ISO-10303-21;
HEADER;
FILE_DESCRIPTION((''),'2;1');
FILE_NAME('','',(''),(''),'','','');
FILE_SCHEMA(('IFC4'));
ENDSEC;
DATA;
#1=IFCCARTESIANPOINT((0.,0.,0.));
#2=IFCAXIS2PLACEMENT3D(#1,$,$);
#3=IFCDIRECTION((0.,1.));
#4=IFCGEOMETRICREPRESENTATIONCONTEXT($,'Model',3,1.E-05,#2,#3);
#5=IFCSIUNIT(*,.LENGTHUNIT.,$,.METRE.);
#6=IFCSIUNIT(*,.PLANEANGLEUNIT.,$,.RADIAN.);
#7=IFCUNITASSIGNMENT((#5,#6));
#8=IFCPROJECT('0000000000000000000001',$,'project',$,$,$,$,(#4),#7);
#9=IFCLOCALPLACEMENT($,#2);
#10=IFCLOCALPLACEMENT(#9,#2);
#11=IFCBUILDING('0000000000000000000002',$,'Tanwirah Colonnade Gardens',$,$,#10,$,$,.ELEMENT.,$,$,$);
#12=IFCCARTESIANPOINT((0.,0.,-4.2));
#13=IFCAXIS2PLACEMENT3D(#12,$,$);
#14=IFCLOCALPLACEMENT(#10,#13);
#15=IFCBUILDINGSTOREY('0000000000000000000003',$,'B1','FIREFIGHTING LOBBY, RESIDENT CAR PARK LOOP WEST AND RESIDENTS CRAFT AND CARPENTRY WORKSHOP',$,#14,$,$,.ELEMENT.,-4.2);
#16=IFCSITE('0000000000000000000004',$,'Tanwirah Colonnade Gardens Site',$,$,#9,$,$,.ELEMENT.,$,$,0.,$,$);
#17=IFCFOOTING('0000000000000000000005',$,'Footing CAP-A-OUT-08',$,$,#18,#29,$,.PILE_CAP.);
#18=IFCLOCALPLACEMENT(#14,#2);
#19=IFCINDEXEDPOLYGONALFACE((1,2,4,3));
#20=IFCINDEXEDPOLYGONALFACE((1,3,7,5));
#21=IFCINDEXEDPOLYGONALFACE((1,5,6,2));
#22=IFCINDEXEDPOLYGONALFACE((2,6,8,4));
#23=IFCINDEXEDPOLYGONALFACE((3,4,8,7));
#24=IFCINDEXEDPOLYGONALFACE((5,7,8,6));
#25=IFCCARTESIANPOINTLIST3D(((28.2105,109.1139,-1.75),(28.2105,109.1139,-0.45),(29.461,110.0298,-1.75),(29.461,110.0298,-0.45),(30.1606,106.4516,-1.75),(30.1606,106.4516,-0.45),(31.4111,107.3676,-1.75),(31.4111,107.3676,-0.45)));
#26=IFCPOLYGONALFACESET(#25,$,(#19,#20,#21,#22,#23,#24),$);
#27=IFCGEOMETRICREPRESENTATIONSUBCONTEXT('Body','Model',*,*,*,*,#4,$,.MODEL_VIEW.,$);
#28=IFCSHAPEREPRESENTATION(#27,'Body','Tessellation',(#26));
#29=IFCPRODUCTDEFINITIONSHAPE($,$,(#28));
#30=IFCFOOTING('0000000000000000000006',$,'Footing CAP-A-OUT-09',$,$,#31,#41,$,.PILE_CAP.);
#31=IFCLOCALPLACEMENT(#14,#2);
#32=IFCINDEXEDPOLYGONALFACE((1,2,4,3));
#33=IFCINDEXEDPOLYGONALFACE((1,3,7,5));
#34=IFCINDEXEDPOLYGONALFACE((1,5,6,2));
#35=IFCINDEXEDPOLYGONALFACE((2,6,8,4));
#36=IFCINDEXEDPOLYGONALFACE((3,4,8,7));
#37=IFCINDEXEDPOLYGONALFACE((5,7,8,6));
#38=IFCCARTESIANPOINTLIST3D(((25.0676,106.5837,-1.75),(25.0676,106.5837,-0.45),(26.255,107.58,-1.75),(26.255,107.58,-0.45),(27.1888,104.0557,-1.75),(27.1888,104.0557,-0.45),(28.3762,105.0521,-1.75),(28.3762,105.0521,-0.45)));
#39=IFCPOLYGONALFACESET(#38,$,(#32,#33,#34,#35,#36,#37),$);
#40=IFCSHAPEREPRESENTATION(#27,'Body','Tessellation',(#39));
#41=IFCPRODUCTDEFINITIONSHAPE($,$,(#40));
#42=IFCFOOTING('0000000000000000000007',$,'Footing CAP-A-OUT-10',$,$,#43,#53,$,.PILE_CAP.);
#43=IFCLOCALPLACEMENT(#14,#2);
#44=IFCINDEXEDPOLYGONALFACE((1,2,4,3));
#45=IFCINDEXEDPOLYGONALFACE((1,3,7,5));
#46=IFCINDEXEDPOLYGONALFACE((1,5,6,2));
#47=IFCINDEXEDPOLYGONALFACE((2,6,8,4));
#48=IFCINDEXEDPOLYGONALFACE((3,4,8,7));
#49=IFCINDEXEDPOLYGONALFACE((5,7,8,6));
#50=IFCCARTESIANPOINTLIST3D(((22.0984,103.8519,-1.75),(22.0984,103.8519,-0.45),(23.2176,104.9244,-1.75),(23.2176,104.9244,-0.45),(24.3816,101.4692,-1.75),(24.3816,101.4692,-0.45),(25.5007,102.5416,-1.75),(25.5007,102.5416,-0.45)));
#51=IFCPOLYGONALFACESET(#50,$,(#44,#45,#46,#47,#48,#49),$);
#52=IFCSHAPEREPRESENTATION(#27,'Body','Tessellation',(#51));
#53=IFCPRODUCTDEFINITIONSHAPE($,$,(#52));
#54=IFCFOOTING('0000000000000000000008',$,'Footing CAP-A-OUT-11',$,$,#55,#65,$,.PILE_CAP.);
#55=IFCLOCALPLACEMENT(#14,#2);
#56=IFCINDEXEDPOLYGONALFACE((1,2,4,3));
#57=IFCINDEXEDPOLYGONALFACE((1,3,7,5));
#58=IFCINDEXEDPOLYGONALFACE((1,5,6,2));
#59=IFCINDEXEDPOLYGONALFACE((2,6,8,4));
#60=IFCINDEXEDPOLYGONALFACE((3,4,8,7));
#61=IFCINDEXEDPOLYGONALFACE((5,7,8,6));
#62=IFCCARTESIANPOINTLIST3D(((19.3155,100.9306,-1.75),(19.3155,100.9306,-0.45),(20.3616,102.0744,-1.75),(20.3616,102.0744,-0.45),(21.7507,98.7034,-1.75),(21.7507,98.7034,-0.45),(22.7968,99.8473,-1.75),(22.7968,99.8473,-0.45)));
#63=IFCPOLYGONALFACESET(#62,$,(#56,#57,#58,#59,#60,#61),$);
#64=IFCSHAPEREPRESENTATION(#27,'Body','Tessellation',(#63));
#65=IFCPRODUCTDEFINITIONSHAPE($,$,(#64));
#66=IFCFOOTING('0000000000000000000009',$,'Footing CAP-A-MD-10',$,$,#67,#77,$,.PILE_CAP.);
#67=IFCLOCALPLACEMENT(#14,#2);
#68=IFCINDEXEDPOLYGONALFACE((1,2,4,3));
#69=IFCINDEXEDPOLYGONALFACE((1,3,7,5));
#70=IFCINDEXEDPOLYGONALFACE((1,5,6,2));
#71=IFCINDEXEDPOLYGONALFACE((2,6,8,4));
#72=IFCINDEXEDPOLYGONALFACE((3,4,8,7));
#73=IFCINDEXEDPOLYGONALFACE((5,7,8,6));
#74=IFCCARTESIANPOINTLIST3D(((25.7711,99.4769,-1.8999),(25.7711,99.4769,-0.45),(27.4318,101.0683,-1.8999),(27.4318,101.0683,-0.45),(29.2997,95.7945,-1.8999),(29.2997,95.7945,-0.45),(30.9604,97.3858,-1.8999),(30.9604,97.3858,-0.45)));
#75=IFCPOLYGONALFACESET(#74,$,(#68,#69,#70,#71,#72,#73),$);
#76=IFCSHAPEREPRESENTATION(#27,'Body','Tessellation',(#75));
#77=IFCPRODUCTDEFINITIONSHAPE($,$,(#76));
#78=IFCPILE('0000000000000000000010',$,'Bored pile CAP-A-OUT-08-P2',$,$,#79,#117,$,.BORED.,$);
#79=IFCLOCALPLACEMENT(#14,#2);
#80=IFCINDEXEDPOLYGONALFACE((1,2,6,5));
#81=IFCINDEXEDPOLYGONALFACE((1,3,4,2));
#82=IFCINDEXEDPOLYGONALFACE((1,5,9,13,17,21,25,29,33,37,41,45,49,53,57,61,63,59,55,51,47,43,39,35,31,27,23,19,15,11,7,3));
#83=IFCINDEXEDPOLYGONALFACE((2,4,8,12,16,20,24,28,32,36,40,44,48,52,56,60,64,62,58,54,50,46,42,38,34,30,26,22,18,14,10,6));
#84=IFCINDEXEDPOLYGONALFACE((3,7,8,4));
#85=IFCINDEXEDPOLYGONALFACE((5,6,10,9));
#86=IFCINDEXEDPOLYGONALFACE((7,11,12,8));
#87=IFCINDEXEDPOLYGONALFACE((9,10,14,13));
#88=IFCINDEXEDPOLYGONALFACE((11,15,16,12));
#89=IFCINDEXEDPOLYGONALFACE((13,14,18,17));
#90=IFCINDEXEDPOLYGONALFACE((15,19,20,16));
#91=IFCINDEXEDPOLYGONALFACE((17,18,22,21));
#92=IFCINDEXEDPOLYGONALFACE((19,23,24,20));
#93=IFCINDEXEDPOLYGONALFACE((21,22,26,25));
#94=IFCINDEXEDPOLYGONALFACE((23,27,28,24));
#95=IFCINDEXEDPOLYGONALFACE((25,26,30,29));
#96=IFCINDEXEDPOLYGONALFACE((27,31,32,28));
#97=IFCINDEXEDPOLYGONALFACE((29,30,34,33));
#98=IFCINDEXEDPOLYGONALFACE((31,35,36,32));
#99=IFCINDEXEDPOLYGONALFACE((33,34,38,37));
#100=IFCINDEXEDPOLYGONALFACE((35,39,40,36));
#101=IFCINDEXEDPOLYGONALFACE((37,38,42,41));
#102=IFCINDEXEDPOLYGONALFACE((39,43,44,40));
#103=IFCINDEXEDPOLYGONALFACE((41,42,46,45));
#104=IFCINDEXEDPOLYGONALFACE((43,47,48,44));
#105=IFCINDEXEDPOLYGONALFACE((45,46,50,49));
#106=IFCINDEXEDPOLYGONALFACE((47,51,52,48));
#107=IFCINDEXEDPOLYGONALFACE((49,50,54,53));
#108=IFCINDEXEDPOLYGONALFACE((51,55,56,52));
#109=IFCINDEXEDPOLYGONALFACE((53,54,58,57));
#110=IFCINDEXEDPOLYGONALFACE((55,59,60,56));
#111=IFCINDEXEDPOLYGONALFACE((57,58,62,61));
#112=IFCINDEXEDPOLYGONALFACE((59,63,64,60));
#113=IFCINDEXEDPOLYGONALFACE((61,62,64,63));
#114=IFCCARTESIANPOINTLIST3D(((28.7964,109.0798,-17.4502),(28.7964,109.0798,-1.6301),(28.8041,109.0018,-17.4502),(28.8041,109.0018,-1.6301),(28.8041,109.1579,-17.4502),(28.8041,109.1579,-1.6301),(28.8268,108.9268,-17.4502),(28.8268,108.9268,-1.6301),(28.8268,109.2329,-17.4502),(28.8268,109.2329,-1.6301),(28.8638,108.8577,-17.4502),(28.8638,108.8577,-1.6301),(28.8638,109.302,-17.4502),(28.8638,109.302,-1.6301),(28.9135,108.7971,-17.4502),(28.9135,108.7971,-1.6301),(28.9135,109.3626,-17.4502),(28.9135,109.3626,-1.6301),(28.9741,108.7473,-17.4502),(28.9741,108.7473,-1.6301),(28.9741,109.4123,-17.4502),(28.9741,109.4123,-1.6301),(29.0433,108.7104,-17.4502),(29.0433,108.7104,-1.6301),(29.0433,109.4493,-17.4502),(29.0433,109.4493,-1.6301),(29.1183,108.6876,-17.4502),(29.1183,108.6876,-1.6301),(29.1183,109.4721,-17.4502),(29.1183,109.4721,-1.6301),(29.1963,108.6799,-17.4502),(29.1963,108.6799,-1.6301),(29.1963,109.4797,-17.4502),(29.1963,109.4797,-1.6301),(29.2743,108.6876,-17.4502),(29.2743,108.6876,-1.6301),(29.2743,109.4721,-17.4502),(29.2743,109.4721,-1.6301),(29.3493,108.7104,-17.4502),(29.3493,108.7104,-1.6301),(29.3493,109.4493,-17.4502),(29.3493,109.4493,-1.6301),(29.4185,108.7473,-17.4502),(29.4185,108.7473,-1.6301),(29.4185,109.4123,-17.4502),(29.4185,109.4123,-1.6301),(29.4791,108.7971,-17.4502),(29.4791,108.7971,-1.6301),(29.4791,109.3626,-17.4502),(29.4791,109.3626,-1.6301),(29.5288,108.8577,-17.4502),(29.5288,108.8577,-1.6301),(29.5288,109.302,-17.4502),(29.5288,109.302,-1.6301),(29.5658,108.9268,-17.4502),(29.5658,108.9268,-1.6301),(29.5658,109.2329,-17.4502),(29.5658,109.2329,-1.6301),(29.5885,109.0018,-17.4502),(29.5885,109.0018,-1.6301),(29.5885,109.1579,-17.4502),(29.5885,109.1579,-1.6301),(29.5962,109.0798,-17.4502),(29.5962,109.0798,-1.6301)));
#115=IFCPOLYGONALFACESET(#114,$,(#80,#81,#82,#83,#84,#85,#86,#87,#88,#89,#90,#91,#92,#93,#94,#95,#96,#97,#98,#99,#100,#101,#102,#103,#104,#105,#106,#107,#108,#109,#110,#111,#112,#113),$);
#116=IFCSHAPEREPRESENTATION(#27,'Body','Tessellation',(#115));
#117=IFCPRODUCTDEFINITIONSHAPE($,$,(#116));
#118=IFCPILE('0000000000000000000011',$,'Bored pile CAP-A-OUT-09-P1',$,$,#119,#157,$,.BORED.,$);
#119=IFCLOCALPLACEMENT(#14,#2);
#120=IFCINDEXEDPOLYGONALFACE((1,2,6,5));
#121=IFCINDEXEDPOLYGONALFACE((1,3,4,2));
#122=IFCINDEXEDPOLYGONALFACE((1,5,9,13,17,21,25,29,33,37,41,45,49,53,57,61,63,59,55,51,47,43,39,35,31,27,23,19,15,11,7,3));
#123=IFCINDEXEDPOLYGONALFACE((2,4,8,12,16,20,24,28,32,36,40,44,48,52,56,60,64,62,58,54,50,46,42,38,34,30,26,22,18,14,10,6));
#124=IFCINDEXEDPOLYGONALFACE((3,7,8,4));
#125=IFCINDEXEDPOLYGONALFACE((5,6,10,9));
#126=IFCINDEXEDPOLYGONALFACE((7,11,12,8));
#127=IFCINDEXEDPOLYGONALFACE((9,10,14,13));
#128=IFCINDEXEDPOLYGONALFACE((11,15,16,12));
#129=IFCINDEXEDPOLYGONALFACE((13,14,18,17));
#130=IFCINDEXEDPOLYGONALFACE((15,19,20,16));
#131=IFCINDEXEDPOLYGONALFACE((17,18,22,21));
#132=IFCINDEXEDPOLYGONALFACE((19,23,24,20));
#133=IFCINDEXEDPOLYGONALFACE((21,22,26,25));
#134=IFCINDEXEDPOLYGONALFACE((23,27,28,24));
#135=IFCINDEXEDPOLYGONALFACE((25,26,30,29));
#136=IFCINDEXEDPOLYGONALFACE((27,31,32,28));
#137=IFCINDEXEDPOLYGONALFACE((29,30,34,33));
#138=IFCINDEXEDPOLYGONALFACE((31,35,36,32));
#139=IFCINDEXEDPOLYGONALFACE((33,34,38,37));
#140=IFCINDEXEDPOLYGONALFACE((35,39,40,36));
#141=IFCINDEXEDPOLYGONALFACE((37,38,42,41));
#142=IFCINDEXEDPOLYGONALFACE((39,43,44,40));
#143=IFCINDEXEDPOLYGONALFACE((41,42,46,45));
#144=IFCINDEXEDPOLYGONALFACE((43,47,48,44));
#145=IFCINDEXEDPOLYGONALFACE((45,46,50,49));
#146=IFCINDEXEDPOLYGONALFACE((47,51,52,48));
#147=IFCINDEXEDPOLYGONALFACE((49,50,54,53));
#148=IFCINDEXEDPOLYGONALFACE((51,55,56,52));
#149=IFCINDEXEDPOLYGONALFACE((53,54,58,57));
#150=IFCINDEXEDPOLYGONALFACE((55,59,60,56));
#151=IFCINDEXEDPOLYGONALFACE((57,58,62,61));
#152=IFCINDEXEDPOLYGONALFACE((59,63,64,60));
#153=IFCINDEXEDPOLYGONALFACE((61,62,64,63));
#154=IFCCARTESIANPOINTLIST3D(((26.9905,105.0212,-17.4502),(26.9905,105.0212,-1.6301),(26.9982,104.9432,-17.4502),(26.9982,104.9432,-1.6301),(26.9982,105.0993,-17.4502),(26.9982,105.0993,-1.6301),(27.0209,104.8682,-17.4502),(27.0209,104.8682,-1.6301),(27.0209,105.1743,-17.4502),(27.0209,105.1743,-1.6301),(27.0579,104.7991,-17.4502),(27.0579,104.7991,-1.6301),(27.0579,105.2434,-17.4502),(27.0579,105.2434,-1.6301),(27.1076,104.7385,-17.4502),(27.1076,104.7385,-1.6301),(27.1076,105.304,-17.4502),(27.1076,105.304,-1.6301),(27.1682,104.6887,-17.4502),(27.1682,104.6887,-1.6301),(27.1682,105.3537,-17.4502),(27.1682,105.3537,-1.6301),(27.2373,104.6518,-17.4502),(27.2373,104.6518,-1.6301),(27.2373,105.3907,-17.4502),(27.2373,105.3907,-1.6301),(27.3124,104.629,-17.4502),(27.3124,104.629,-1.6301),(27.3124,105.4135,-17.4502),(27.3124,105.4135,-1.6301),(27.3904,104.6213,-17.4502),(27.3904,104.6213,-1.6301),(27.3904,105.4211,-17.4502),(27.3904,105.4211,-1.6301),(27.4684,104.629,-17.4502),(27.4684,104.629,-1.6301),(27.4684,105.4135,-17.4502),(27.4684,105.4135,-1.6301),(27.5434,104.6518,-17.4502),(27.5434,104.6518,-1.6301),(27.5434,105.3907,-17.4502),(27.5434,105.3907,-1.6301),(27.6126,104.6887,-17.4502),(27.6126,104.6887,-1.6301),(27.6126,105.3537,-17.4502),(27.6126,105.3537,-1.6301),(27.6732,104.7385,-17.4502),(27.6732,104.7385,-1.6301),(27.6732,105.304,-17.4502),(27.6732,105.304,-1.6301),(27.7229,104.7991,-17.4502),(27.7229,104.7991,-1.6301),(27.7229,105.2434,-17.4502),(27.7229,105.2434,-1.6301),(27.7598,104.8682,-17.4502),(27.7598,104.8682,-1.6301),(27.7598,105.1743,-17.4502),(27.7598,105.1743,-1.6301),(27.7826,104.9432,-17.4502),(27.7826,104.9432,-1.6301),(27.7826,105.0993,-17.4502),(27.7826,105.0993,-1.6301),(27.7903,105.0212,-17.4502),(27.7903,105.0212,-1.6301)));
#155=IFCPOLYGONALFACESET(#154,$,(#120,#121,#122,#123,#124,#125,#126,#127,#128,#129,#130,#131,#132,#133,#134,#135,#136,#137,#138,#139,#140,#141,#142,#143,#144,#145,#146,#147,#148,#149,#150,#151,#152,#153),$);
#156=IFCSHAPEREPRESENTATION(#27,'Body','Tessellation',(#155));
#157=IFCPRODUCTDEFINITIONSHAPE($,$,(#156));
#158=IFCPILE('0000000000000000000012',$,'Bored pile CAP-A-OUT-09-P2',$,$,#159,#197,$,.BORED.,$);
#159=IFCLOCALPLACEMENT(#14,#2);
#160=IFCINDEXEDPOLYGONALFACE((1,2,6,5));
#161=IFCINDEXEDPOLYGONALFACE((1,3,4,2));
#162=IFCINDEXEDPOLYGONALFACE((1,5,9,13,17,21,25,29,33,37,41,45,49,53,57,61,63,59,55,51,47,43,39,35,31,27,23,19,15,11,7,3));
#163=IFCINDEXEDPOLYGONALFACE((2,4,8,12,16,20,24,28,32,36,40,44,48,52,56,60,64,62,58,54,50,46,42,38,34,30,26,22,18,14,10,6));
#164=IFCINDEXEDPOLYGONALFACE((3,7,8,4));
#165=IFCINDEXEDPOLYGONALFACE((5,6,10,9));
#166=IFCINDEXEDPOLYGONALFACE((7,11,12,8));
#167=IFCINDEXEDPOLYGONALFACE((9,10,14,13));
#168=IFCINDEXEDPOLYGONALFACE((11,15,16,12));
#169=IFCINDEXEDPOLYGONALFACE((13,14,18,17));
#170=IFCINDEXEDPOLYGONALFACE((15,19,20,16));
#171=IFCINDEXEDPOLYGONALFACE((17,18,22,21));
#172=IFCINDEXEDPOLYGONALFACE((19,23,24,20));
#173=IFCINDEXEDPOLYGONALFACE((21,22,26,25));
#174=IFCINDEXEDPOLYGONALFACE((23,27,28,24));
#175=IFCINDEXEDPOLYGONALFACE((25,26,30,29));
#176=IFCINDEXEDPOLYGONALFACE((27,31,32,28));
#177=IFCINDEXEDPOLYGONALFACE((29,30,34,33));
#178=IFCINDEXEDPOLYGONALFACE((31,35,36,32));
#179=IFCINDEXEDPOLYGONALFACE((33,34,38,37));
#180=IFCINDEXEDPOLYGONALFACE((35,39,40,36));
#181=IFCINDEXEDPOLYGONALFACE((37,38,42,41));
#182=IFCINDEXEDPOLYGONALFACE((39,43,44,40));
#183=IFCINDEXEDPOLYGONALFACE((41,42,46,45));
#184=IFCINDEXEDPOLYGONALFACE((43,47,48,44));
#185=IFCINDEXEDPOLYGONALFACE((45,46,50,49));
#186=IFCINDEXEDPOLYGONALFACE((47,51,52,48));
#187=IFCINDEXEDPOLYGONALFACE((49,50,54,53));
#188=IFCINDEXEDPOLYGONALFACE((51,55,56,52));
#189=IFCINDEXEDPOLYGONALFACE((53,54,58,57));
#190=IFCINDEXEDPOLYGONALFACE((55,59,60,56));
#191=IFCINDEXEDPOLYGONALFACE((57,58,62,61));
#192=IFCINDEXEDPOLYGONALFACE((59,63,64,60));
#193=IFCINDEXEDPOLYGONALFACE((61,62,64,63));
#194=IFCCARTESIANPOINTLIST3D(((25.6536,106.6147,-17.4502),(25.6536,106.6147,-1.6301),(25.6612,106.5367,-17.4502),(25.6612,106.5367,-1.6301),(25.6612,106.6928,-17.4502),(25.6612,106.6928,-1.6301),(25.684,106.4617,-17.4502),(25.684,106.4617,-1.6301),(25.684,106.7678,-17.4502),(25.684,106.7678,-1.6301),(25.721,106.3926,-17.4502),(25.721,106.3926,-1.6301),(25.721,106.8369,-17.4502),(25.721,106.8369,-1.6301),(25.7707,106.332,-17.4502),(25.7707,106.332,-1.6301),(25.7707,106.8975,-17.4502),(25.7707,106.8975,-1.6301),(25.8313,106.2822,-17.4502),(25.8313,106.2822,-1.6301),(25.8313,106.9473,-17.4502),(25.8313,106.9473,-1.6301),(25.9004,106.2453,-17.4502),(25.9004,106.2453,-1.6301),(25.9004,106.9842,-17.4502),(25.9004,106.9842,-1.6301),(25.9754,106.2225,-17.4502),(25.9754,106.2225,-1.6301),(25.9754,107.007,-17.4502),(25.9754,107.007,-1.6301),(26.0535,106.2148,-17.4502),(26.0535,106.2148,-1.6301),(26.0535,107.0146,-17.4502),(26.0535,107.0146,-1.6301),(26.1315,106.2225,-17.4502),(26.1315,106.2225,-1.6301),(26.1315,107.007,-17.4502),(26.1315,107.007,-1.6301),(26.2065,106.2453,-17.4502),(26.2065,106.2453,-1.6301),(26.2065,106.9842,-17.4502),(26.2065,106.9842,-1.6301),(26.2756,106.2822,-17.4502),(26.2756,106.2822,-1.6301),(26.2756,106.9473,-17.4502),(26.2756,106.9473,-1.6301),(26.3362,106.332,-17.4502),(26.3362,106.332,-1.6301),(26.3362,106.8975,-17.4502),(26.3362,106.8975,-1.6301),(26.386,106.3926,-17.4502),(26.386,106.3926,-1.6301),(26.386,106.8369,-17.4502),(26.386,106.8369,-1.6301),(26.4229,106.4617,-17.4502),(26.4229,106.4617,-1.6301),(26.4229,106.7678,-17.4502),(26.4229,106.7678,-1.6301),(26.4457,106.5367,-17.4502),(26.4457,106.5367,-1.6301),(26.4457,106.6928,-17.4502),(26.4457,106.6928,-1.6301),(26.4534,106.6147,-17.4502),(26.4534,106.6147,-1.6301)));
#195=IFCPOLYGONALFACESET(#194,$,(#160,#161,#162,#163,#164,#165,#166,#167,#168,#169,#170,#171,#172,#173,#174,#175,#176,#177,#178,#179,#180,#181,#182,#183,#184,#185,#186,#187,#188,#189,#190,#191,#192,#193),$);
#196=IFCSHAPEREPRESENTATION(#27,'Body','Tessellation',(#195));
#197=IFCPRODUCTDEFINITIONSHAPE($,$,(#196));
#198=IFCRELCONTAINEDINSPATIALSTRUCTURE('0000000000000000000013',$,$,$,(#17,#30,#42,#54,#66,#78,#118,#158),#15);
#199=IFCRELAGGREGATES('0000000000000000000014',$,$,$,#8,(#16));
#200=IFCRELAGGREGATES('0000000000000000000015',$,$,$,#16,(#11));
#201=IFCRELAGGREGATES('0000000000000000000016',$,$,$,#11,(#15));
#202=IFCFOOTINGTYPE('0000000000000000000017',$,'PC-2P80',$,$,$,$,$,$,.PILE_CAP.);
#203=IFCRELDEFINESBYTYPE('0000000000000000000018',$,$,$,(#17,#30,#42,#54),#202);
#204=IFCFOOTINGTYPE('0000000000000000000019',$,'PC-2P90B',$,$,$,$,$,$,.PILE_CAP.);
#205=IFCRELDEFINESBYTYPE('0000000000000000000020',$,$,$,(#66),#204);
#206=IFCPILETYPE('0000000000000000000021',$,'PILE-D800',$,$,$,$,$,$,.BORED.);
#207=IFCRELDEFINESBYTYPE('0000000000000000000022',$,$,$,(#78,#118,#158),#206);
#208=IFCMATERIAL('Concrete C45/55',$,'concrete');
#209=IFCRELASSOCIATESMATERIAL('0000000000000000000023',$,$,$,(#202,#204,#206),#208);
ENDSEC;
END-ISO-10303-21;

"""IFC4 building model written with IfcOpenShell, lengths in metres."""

from ifc_helpers import new_model, si_unit, direction, frame, origin, origin_2d, place, context, subcontext, project, spatial, rectangle, circle, extrude, material, material_profile, profile_set, type_object, element, save


model = new_model("IFC4")

# Units and contexts
model_context = context("Model", 3, precision=1e-05, world=origin(), true_north=direction((0.0, 1.0)))
body_context = subcontext(model_context, "Body", "Model", "MODEL_VIEW")
ifc_project = project(units=[si_unit("LENGTHUNIT", "METRE"), si_unit("PLANEANGLEUNIT", "RADIAN")], contexts=[model_context])

# Site, building, storey
site_placement = place(None, origin())
site = spatial("IfcSite", under=ifc_project, at=site_placement, Name="Tanwirah Colonnade Gardens Site", CompositionType="ELEMENT", RefElevation=0.0)
building_placement = place(site_placement, origin())
building = spatial("IfcBuilding", under=site, at=building_placement, Name="Tanwirah Colonnade Gardens", CompositionType="ELEMENT")
storey_placement = place(building_placement, frame((0.0, 0.0, -4.2)))
storey = spatial("IfcBuildingStorey", under=building, at=storey_placement, Name="B1", Description="FIREFIGHTING LOBBY, RESIDENT CAR PARK LOOP WEST AND RESIDENTS CRAFT AND CARPENTRY WORKSHOP", CompositionType="ELEMENT", Elevation=-4.2)

# Footings
ifc_material_1 = material(Name="Concrete C45/55", Category="concrete")
footing_type_1 = type_object("IfcFootingType", Name="PC-2P80", PredefinedType="PILE_CAP", material=ifc_material_1)
for number, where, z_axis, x_axis, name in (
    (1, (29.8108, 108.2407, -1.75), (0.0, 0.0, 1.0), (-0.590919, 0.806731, 0.0), "Footing CAP-A-OUT-08"),
    (2, (26.7219, 105.8179, -1.75), (0.0, 0.0, 1.0), (-0.642788, 0.766044, 0.0), "Footing CAP-A-OUT-09"),
    (3, (23.7996, 103.1968, -1.75), (0.0, 0.0, 1.0), (-0.691863, 0.722029, 0.0), "Footing CAP-A-OUT-10"),
    (4, (21.0562, 100.3889, -1.75), (0.0, 0.0, 1.0), (-0.737932, 0.674875, 0.0), "Footing CAP-A-OUT-11"),
):
    element("IfcFooting", number, at=place(storey_placement, frame(where, z_axis=z_axis, x_axis=x_axis)), inside=storey, type_object=footing_type_1, Name=name, PredefinedType="PILE_CAP", context=body_context, shape_type="SweptSolid", body=[
        extrude(rectangle(XDim=3.3, YDim=1.55, at=origin_2d()), origin(), (0.0, 0.0, 1.0), 1.3),
    ])
footing_type_2 = type_object("IfcFootingType", Name="PC-2P90B", PredefinedType="PILE_CAP", material=ifc_material_1)
footing_placement = place(storey_placement, frame((28.3657, 98.4314, -1.8999), z_axis=(0.0, 0.0, 1.0), x_axis=(-0.691863, 0.722029, 0.0)))
element("IfcFooting", 5, at=footing_placement, inside=storey, type_object=footing_type_2, Name="Footing CAP-A-MD-10", PredefinedType="PILE_CAP", context=body_context, shape_type="SweptSolid", body=[
    extrude(rectangle(XDim=5.1001, YDim=2.3, at=origin_2d()), origin(), (0.0, 0.0, 1.0), 1.45),
])

# Piles
ifc_material_profile_1 = material_profile(ifc_material_1, circle(Radius=0.3999, at=origin_2d()), Name="PILE D800")
ifc_profile_set_1 = profile_set([ifc_material_profile_1], Name="Concrete C45/55")
pile_type_1 = type_object("IfcPileType", Name="PILE-D800", PredefinedType="BORED", material=ifc_profile_set_1)
for number, where, z_axis, x_axis, name in (
    (6, (29.1963, 109.0798, -1.6301), (0.0, 0.0, -1.0), (1.0, 0.0, 0.0), "Bored pile CAP-A-OUT-08-P2"),
    (7, (27.3904, 105.0212, -1.6301), (0.0, 0.0, -1.0), (1.0, 0.0, 0.0), "Bored pile CAP-A-OUT-09-P1"),
    (8, (26.0535, 106.6147, -1.6301), (0.0, 0.0, -1.0), (1.0, 0.0, 0.0), "Bored pile CAP-A-OUT-09-P2"),
):
    element("IfcPile", number, at=place(storey_placement, frame(where, z_axis=z_axis, x_axis=x_axis)), inside=storey, type_object=pile_type_1, Name=name, PredefinedType="BORED", context=body_context, shape_type="SweptSolid", body=[
        extrude(circle(Radius=0.3999, at=origin_2d()), origin(), (0.0, 0.0, 1.0), 15.8201),
    ])

save(model, "model.ifc")
